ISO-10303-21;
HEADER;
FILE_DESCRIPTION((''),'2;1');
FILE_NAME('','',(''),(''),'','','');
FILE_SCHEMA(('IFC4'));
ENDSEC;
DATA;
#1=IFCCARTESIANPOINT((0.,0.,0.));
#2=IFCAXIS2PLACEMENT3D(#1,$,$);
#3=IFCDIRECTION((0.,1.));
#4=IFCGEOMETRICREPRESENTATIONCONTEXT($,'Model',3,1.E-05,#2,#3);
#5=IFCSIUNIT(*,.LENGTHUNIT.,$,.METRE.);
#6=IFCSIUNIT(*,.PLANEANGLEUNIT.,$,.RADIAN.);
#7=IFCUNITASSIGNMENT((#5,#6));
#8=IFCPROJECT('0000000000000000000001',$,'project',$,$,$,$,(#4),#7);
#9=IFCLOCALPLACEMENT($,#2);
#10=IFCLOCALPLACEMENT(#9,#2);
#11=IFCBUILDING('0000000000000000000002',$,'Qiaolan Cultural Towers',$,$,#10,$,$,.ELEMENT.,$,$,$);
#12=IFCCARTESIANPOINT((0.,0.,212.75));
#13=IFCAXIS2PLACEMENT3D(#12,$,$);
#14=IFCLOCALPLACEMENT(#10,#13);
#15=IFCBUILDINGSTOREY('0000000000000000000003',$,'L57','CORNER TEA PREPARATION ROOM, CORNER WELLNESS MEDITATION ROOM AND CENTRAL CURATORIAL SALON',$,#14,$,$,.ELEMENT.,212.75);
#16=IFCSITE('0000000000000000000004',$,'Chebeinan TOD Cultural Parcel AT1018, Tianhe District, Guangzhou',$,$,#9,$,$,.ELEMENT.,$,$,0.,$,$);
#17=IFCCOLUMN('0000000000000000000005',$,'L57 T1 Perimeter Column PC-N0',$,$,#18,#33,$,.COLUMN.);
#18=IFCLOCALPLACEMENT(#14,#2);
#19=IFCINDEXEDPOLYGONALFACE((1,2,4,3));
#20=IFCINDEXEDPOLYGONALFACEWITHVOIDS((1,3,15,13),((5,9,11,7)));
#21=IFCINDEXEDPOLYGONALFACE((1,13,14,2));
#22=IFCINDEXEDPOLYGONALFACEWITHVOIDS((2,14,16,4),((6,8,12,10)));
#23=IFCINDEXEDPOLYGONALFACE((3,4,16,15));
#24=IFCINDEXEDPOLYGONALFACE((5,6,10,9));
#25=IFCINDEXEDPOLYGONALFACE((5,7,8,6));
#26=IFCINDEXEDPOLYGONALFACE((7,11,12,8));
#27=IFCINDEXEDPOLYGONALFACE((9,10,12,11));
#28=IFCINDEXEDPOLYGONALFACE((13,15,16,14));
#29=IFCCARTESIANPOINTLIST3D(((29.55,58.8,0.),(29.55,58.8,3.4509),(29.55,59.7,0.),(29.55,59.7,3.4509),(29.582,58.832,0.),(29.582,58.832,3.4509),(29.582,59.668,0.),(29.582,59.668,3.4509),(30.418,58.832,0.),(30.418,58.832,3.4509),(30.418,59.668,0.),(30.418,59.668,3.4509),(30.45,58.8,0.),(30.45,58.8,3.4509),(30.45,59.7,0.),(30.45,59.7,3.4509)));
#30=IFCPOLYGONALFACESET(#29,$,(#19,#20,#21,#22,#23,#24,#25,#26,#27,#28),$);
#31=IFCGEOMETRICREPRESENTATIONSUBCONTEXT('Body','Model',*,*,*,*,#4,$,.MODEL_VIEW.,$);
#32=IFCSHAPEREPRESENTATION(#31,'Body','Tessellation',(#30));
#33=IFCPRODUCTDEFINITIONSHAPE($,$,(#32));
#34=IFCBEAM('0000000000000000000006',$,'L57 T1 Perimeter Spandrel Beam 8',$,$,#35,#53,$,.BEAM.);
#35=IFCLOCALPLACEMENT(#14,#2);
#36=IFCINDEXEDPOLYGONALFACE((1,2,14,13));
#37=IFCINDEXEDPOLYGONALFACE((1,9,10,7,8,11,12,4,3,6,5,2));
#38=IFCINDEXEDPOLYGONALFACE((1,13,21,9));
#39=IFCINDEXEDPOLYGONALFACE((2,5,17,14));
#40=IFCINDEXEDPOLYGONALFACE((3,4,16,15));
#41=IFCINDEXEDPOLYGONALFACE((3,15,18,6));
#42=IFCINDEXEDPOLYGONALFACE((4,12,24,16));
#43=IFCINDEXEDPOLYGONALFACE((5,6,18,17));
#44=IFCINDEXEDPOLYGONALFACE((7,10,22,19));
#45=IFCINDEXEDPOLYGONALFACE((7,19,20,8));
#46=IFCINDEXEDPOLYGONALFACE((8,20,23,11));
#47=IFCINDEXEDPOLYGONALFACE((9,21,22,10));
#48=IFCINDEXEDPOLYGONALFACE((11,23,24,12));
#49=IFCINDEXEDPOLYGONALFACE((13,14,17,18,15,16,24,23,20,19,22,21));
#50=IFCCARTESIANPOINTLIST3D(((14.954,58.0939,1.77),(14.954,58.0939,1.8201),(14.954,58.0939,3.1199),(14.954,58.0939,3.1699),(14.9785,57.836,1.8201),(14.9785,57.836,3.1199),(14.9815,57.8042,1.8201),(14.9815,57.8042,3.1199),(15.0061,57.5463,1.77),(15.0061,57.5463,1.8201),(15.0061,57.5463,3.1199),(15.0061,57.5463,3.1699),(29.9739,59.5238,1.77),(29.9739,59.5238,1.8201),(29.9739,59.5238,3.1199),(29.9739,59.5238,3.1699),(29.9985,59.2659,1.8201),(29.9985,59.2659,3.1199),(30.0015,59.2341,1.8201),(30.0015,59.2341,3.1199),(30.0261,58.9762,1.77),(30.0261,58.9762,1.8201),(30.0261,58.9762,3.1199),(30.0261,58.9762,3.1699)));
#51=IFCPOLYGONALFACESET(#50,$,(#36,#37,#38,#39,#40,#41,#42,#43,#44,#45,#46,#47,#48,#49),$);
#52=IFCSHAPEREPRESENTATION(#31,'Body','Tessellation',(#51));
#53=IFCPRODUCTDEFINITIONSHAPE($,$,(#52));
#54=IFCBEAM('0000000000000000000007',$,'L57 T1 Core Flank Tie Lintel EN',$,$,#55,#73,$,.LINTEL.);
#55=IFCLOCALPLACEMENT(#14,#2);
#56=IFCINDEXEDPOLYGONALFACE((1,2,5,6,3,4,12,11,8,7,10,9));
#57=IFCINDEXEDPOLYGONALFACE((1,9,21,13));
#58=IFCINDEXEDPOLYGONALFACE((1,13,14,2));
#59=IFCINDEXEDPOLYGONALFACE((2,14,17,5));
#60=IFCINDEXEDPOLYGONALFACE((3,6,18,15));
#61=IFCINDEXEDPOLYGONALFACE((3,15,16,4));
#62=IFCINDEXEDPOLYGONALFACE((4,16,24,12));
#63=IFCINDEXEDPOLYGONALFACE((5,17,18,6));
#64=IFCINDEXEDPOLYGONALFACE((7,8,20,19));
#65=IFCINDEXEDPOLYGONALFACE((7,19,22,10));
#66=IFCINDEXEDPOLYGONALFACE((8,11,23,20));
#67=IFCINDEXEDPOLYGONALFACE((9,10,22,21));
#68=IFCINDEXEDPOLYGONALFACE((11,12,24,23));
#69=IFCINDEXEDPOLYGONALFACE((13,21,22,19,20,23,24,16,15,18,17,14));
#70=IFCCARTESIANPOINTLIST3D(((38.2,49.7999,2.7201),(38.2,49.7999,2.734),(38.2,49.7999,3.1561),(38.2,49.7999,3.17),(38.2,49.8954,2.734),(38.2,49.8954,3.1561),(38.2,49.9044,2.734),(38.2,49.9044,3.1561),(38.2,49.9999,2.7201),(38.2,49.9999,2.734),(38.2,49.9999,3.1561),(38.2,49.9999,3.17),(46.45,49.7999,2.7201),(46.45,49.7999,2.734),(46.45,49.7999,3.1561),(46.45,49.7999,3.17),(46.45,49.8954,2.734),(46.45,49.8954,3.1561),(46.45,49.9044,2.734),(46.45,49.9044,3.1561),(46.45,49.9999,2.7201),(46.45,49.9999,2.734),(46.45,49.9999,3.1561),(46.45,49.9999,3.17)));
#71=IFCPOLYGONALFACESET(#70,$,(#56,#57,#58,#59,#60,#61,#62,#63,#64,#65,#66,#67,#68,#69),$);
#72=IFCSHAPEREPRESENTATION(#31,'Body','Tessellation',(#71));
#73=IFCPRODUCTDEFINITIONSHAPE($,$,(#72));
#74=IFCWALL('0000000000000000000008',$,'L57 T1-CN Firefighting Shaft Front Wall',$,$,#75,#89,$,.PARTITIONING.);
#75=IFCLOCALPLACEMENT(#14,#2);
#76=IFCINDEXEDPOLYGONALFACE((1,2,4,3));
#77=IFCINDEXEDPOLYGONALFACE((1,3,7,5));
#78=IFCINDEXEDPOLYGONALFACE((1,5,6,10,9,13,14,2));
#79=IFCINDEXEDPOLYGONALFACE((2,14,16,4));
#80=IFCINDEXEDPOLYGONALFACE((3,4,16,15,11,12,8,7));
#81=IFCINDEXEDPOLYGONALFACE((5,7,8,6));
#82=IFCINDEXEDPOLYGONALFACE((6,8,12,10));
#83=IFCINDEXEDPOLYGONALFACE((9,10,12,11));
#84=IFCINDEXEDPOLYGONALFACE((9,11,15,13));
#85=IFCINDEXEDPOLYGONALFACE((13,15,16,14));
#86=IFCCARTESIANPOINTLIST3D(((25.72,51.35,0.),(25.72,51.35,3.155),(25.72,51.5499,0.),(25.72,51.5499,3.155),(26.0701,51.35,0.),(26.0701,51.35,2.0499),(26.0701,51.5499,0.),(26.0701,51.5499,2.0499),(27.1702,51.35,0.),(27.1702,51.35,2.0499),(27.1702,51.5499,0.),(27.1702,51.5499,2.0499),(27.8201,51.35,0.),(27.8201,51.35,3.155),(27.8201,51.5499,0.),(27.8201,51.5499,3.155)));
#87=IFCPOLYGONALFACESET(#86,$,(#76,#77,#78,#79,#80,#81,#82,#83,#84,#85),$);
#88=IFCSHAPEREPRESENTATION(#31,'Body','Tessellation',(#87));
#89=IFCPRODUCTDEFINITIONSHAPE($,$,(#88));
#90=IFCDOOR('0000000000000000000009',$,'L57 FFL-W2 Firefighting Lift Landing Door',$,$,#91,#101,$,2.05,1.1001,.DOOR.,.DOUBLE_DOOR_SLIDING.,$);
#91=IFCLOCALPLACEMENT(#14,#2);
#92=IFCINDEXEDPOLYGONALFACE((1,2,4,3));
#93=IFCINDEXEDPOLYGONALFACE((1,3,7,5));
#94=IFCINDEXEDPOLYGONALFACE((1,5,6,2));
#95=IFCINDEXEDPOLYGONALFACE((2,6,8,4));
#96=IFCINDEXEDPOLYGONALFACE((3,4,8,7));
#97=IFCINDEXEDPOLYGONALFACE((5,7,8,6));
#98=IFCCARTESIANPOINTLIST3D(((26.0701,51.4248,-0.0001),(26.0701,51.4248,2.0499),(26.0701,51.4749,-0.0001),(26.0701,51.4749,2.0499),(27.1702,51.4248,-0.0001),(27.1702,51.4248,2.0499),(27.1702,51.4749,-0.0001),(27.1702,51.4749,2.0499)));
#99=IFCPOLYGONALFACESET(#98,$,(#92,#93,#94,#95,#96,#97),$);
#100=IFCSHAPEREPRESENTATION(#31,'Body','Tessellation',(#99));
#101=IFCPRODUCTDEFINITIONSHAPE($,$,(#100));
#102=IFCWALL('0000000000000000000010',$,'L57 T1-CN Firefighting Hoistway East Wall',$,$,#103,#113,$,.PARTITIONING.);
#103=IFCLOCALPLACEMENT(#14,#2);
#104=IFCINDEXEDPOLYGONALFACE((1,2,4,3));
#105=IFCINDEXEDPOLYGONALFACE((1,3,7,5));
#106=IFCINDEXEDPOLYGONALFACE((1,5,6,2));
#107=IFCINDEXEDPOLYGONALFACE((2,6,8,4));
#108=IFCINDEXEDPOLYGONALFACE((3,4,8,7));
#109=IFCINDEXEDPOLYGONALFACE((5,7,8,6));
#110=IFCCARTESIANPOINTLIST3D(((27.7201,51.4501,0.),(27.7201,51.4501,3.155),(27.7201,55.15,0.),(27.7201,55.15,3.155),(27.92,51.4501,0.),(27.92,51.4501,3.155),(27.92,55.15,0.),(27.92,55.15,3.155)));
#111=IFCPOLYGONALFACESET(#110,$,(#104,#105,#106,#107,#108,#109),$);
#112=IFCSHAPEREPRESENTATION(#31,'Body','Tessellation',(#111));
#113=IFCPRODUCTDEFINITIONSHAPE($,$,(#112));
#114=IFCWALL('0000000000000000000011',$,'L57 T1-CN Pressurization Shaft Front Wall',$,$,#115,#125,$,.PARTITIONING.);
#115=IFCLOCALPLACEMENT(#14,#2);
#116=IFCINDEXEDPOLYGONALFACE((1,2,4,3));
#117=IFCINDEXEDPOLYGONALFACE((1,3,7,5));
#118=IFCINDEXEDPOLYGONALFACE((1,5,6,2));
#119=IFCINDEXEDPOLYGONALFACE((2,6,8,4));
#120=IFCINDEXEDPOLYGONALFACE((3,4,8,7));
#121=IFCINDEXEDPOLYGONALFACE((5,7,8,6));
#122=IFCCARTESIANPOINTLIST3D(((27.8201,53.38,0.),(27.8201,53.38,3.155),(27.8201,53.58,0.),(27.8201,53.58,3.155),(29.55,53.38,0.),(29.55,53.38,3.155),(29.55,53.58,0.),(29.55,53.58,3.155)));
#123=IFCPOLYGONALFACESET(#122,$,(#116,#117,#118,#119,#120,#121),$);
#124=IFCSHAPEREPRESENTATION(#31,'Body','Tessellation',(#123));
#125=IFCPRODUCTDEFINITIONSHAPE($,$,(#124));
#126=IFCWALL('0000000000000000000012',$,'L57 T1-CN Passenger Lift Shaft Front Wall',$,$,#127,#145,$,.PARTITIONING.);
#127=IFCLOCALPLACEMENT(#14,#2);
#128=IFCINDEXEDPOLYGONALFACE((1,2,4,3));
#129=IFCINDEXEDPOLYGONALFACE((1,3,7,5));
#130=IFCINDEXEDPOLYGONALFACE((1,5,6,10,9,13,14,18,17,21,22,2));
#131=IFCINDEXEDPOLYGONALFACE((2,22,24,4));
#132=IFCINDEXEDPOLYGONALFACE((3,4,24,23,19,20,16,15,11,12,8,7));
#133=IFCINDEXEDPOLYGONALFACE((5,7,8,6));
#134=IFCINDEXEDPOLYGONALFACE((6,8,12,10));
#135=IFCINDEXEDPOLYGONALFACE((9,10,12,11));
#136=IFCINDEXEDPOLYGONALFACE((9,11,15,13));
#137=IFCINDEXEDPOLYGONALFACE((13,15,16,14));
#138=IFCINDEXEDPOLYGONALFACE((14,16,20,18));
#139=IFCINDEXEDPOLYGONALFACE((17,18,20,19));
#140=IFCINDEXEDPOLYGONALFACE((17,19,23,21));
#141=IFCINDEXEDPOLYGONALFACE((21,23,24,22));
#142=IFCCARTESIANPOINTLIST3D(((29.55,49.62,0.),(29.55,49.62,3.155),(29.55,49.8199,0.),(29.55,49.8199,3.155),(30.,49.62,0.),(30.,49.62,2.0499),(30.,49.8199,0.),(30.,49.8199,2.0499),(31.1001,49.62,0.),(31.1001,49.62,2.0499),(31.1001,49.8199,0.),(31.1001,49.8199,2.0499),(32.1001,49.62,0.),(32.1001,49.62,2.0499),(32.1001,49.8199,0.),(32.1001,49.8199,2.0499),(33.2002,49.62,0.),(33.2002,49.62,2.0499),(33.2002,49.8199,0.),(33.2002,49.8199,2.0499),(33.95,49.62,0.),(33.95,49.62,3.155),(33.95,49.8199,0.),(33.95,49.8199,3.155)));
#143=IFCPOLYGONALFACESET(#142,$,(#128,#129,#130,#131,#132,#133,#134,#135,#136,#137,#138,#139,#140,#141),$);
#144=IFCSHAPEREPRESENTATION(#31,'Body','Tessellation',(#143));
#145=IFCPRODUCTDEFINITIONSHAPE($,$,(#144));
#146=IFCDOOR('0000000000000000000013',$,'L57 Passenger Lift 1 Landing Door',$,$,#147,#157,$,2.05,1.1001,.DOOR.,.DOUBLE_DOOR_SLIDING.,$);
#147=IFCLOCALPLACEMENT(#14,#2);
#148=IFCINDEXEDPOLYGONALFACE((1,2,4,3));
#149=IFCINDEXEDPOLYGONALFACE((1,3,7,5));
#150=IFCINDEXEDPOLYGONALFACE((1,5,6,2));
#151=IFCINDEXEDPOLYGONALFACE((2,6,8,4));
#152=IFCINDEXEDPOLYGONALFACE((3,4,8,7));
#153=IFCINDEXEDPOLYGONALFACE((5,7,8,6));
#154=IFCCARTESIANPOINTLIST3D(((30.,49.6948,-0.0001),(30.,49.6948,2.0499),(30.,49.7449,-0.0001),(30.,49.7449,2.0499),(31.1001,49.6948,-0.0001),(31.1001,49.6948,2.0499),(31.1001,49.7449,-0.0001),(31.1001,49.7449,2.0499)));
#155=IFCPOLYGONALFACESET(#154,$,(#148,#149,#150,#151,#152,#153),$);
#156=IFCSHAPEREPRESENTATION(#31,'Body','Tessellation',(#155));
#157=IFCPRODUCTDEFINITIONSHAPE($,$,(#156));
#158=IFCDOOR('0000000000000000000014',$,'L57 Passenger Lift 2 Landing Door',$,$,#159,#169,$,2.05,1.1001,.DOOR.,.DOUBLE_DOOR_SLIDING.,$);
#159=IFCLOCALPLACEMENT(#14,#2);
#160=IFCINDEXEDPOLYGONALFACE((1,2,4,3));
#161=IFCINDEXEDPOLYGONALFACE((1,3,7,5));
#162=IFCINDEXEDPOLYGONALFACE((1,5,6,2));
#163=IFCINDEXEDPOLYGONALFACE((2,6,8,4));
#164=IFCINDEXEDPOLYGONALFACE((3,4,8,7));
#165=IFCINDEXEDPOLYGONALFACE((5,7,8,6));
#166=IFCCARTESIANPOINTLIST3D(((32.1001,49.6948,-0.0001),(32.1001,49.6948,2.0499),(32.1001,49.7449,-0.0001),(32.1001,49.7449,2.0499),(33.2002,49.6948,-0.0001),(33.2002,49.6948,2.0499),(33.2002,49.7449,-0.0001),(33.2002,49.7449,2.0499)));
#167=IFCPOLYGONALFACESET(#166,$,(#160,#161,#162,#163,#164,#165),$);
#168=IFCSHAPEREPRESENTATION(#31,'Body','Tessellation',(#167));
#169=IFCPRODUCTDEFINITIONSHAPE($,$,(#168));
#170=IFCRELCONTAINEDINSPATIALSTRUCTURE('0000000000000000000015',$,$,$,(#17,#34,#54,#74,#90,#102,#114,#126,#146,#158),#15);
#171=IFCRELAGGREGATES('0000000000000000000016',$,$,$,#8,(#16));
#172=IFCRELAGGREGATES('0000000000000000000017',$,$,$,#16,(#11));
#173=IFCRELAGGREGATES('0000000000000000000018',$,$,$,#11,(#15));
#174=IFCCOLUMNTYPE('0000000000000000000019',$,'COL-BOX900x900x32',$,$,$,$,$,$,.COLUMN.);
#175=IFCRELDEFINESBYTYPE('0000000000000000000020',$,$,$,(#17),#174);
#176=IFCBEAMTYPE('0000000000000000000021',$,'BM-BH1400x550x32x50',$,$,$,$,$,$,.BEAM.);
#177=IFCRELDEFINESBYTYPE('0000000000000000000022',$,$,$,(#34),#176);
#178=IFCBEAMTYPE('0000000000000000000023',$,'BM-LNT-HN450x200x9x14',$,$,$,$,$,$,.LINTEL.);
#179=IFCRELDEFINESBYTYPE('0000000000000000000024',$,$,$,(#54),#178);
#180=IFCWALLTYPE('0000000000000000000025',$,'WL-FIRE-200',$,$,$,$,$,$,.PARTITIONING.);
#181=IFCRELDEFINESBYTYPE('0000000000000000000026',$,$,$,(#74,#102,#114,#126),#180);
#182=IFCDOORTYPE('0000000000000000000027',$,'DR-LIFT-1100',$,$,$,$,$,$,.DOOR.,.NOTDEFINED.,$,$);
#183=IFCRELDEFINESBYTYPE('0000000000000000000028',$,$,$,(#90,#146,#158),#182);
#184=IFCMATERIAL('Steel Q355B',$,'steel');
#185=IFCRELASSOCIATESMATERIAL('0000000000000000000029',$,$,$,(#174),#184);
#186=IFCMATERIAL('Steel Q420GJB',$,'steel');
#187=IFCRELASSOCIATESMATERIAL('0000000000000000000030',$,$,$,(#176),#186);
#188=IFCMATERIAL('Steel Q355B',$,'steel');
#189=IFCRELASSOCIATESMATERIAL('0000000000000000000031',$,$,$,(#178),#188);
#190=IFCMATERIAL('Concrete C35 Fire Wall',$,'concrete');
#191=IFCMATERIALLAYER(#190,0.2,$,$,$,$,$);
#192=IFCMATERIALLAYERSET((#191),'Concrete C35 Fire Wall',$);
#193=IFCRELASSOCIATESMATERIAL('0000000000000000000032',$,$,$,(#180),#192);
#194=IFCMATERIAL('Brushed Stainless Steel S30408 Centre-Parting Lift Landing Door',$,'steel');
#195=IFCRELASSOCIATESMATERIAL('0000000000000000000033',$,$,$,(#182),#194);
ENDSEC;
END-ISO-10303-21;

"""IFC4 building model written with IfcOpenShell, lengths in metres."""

from ifc_helpers import new_model, si_unit, direction, frame, frame_2d, origin, origin_2d, place, context, subcontext, project, spatial, rectangle, hollow_rectangle, i_section, extrude, material, layer, layer_set, material_profile, profile_set, type_object, element, fill, save


model = new_model("IFC4")

# Units and contexts
model_context = context("Model", 3, precision=1e-05, world=origin(), true_north=direction((0.0, 1.0)))
body_context = subcontext(model_context, "Body", "Model", "MODEL_VIEW")
ifc_project = project(units=[si_unit("LENGTHUNIT", "METRE"), si_unit("PLANEANGLEUNIT", "RADIAN")], contexts=[model_context])

# Site, building, storey
site_placement = place(None, origin())
site = spatial("IfcSite", under=ifc_project, at=site_placement, Name="Chebeinan TOD Cultural Parcel AT1018, Tianhe District, Guangzhou", CompositionType="ELEMENT", RefElevation=0.0)
building_placement = place(site_placement, origin())
building = spatial("IfcBuilding", under=site, at=building_placement, Name="Qiaolan Cultural Towers", CompositionType="ELEMENT")
storey_placement = place(building_placement, frame((0.0, 0.0, 212.75)))
storey = spatial("IfcBuildingStorey", under=building, at=storey_placement, Name="L57", Description="CORNER TEA PREPARATION ROOM, CORNER WELLNESS MEDITATION ROOM AND CENTRAL CURATORIAL SALON", CompositionType="ELEMENT", Elevation=212.75)

# Column
ifc_material_1 = material(Name="Steel Q355B", Category="steel")
ifc_material_profile_1 = material_profile(ifc_material_1, hollow_rectangle(XDim=0.8999, YDim=0.8999, WallThickness=0.032, at=origin_2d()), Name="BOX900x900x32")
ifc_profile_set_1 = profile_set([ifc_material_profile_1], Name="Steel Q355B")
column_type = type_object("IfcColumnType", Name="COL-BOX900x900x32", PredefinedType="COLUMN", material=ifc_profile_set_1)
column_placement = place(storey_placement, frame((30.0, 59.25, 0.0), z_axis=(0.0, 0.0, 1.0), x_axis=(1.0, 0.0, 0.0)))
element("IfcColumn", 1, at=column_placement, inside=storey, type_object=column_type, Name="L57 T1 Perimeter Column PC-N0", PredefinedType="COLUMN", context=body_context, shape_type="SweptSolid", body=[
    extrude(hollow_rectangle(XDim=0.8999, YDim=0.8999, WallThickness=0.032, at=origin_2d()), origin(), (0.0, 0.0, 1.0), 3.4509),
])

# Beams
ifc_material_2 = material(Name="Steel Q420GJB", Category="steel")
ifc_material_profile_2 = material_profile(ifc_material_2, i_section(OverallWidth=0.55, OverallDepth=1.3999, WebThickness=0.032, FlangeThickness=0.05, at=origin_2d()), Name="BH1400x550x32x50")
ifc_profile_set_2 = profile_set([ifc_material_profile_2], Name="Steel Q420GJB")
beam_type_1 = type_object("IfcBeamType", Name="BM-BH1400x550x32x50", PredefinedType="BEAM", material=ifc_profile_set_2)
beam_1_placement = place(storey_placement, frame((30.0, 59.25, 2.47), z_axis=(-0.995499, -0.094773, 0.0), x_axis=(0.094773, -0.995499, 0.0)))
element("IfcBeam", 2, at=beam_1_placement, inside=storey, type_object=beam_type_1, Name="L57 T1 Perimeter Spandrel Beam 8", PredefinedType="BEAM", context=body_context, shape_type="SweptSolid", body=[
    extrude(i_section(OverallWidth=0.55, OverallDepth=1.3999, WebThickness=0.032, FlangeThickness=0.05, at=origin_2d()), origin(), (0.0, 0.0, 1.0), 15.0879),
])
ifc_material_3 = material(Name="Steel Q355B", Category="steel")
ifc_material_profile_3 = material_profile(ifc_material_3, i_section(OverallWidth=0.2, OverallDepth=0.45, WebThickness=0.009, FlangeThickness=0.0139, at=origin_2d()), Name="HN450x200x9x14")
ifc_profile_set_3 = profile_set([ifc_material_profile_3], Name="Steel Q355B")
beam_type_2 = type_object("IfcBeamType", Name="BM-LNT-HN450x200x9x14", PredefinedType="LINTEL", material=ifc_profile_set_3)
beam_2_placement = place(storey_placement, frame((38.2, 49.8999, 2.9451), z_axis=(1.0, 0.0, 0.0), x_axis=(0.0, 1.0, 0.0)))
element("IfcBeam", 3, at=beam_2_placement, inside=storey, type_object=beam_type_2, Name="L57 T1 Core Flank Tie Lintel EN", PredefinedType="LINTEL", context=body_context, shape_type="SweptSolid", body=[
    extrude(i_section(OverallWidth=0.2, OverallDepth=0.45, WebThickness=0.009, FlangeThickness=0.0139, at=origin_2d()), origin(), (0.0, 0.0, 1.0), 8.25),
])

# Wall, opening, door
ifc_material_4 = material(Name="Concrete C35 Fire Wall", Category="concrete")
ifc_layer_1 = layer(ifc_material_4, 0.2)
ifc_layer_set_1 = layer_set([ifc_layer_1], Name="Concrete C35 Fire Wall")
wall_type_1 = type_object("IfcWallType", Name="WL-FIRE-200", PredefinedType="PARTITIONING", material=ifc_layer_set_1)
wall_1_placement = place(storey_placement, frame((25.72, 51.45, 0.0), z_axis=(0.0, 0.0, 1.0), x_axis=(1.0, 0.0, 0.0)))
wall_1 = element("IfcWall", 4, at=wall_1_placement, inside=storey, type_object=wall_type_1, Name="L57 T1-CN Firefighting Shaft Front Wall", PredefinedType="PARTITIONING", context=body_context, shape_type="SweptSolid", body=[
    extrude(rectangle(XDim=2.1001, YDim=0.2, at=frame_2d((1.05, 0.0))), origin(), (0.0, 0.0, 1.0), 3.155),
])
opening_1_placement = place(wall_1_placement, frame((0.3501, 0.0, 0.0)))
opening_1 = element("IfcOpeningElement", 5, at=opening_1_placement, cuts=wall_1, PredefinedType="OPENING", context=body_context, shape_type="SweptSolid", body=[
    extrude(rectangle(XDim=1.1001, YDim=2.05, at=frame_2d((0.55, 1.0249))), frame((0.0, 0.1099, 0.0), z_axis=(0.0, -1.0, 0.0), x_axis=(1.0, 0.0, 0.0)), (0.0, 0.0, 1.0), 0.22),
])
ifc_material_5 = material(Name="Brushed Stainless Steel S30408 Centre-Parting Lift Landing Door", Category="steel")
door_type = type_object("IfcDoorType", Name="DR-LIFT-1100", OperationType="NOTDEFINED", PredefinedType="DOOR", material=ifc_material_5)
door_1_placement = place(opening_1_placement, origin())
door_1 = element("IfcDoor", 6, at=door_1_placement, inside=storey, type_object=door_type, Name="L57 FFL-W2 Firefighting Lift Landing Door", OperationType="DOUBLE_DOOR_SLIDING", OverallHeight=2.05, OverallWidth=1.1001, PredefinedType="DOOR", context=body_context, shape_type="SweptSolid", body=[
    extrude(rectangle(XDim=1.1001, YDim=2.05, at=frame_2d((0.55, 1.0249))), frame((0.0, 0.0249, 0.0), z_axis=(0.0, -1.0, 0.0), x_axis=(1.0, 0.0, 0.0)), (0.0, 0.0, 1.0), 0.05),
])
fill(opening_1, door_1)

# Walls
wall_2_placement = place(storey_placement, frame((27.8201, 51.45, 0.0), z_axis=(0.0, 0.0, 1.0), x_axis=(0.0, 1.0, 0.0)))
element("IfcWall", 7, at=wall_2_placement, inside=storey, type_object=wall_type_1, Name="L57 T1-CN Firefighting Hoistway East Wall", PredefinedType="PARTITIONING", context=body_context, shape_type="SweptSolid", body=[
    extrude(rectangle(XDim=3.7, YDim=0.2, at=frame_2d((1.8501, 0.0))), origin(), (0.0, 0.0, 1.0), 3.155),
])
wall_3_placement = place(storey_placement, frame((27.8201, 53.48, 0.0), z_axis=(0.0, 0.0, 1.0), x_axis=(1.0, 0.0, 0.0)))
element("IfcWall", 8, at=wall_3_placement, inside=storey, type_object=wall_type_1, Name="L57 T1-CN Pressurization Shaft Front Wall", PredefinedType="PARTITIONING", context=body_context, shape_type="SweptSolid", body=[
    extrude(rectangle(XDim=1.73, YDim=0.2, at=frame_2d((0.865, 0.0))), origin(), (0.0, 0.0, 1.0), 3.155),
])

# Wall, openings, doors
wall_4_placement = place(storey_placement, frame((29.55, 49.72, 0.0), z_axis=(0.0, 0.0, 1.0), x_axis=(1.0, 0.0, 0.0)))
wall_4 = element("IfcWall", 9, at=wall_4_placement, inside=storey, type_object=wall_type_1, Name="L57 T1-CN Passenger Lift Shaft Front Wall", PredefinedType="PARTITIONING", context=body_context, shape_type="SweptSolid", body=[
    extrude(rectangle(XDim=4.3999, YDim=0.2, at=frame_2d((2.2, 0.0))), origin(), (0.0, 0.0, 1.0), 3.155),
])
opening_2_placement = place(wall_4_placement, frame((0.45, 0.0, 0.0)))
opening_2 = element("IfcOpeningElement", 10, at=opening_2_placement, cuts=wall_4, PredefinedType="OPENING", context=body_context, shape_type="SweptSolid", body=[
    extrude(rectangle(XDim=1.1001, YDim=2.05, at=frame_2d((0.55, 1.0249))), frame((0.0, 0.1099, 0.0), z_axis=(0.0, -1.0, 0.0), x_axis=(1.0, 0.0, 0.0)), (0.0, 0.0, 1.0), 0.22),
])
opening_3_placement = place(wall_4_placement, frame((2.55, 0.0, 0.0)))
opening_3 = element("IfcOpeningElement", 11, at=opening_3_placement, cuts=wall_4, PredefinedType="OPENING", context=body_context, shape_type="SweptSolid", body=[
    extrude(rectangle(XDim=1.1001, YDim=2.05, at=frame_2d((0.55, 1.0249))), frame((0.0, 0.1099, 0.0), z_axis=(0.0, -1.0, 0.0), x_axis=(1.0, 0.0, 0.0)), (0.0, 0.0, 1.0), 0.22),
])
door_2_placement = place(opening_2_placement, origin())
door_2 = element("IfcDoor", 12, at=door_2_placement, inside=storey, type_object=door_type, Name="L57 Passenger Lift 1 Landing Door", OperationType="DOUBLE_DOOR_SLIDING", OverallHeight=2.05, OverallWidth=1.1001, PredefinedType="DOOR", context=body_context, shape_type="SweptSolid", body=[
    extrude(rectangle(XDim=1.1001, YDim=2.05, at=frame_2d((0.55, 1.0249))), frame((0.0, 0.0249, 0.0), z_axis=(0.0, -1.0, 0.0), x_axis=(1.0, 0.0, 0.0)), (0.0, 0.0, 1.0), 0.05),
])
fill(opening_2, door_2)
door_3_placement = place(opening_3_placement, origin())
door_3 = element("IfcDoor", 13, at=door_3_placement, inside=storey, type_object=door_type, Name="L57 Passenger Lift 2 Landing Door", OperationType="DOUBLE_DOOR_SLIDING", OverallHeight=2.05, OverallWidth=1.1001, PredefinedType="DOOR", context=body_context, shape_type="SweptSolid", body=[
    extrude(rectangle(XDim=1.1001, YDim=2.05, at=frame_2d((0.55, 1.0249))), frame((0.0, 0.0249, 0.0), z_axis=(0.0, -1.0, 0.0), x_axis=(1.0, 0.0, 0.0)), (0.0, 0.0, 1.0), 0.05),
])
fill(opening_3, door_3)

save(model, "model.ifc")
